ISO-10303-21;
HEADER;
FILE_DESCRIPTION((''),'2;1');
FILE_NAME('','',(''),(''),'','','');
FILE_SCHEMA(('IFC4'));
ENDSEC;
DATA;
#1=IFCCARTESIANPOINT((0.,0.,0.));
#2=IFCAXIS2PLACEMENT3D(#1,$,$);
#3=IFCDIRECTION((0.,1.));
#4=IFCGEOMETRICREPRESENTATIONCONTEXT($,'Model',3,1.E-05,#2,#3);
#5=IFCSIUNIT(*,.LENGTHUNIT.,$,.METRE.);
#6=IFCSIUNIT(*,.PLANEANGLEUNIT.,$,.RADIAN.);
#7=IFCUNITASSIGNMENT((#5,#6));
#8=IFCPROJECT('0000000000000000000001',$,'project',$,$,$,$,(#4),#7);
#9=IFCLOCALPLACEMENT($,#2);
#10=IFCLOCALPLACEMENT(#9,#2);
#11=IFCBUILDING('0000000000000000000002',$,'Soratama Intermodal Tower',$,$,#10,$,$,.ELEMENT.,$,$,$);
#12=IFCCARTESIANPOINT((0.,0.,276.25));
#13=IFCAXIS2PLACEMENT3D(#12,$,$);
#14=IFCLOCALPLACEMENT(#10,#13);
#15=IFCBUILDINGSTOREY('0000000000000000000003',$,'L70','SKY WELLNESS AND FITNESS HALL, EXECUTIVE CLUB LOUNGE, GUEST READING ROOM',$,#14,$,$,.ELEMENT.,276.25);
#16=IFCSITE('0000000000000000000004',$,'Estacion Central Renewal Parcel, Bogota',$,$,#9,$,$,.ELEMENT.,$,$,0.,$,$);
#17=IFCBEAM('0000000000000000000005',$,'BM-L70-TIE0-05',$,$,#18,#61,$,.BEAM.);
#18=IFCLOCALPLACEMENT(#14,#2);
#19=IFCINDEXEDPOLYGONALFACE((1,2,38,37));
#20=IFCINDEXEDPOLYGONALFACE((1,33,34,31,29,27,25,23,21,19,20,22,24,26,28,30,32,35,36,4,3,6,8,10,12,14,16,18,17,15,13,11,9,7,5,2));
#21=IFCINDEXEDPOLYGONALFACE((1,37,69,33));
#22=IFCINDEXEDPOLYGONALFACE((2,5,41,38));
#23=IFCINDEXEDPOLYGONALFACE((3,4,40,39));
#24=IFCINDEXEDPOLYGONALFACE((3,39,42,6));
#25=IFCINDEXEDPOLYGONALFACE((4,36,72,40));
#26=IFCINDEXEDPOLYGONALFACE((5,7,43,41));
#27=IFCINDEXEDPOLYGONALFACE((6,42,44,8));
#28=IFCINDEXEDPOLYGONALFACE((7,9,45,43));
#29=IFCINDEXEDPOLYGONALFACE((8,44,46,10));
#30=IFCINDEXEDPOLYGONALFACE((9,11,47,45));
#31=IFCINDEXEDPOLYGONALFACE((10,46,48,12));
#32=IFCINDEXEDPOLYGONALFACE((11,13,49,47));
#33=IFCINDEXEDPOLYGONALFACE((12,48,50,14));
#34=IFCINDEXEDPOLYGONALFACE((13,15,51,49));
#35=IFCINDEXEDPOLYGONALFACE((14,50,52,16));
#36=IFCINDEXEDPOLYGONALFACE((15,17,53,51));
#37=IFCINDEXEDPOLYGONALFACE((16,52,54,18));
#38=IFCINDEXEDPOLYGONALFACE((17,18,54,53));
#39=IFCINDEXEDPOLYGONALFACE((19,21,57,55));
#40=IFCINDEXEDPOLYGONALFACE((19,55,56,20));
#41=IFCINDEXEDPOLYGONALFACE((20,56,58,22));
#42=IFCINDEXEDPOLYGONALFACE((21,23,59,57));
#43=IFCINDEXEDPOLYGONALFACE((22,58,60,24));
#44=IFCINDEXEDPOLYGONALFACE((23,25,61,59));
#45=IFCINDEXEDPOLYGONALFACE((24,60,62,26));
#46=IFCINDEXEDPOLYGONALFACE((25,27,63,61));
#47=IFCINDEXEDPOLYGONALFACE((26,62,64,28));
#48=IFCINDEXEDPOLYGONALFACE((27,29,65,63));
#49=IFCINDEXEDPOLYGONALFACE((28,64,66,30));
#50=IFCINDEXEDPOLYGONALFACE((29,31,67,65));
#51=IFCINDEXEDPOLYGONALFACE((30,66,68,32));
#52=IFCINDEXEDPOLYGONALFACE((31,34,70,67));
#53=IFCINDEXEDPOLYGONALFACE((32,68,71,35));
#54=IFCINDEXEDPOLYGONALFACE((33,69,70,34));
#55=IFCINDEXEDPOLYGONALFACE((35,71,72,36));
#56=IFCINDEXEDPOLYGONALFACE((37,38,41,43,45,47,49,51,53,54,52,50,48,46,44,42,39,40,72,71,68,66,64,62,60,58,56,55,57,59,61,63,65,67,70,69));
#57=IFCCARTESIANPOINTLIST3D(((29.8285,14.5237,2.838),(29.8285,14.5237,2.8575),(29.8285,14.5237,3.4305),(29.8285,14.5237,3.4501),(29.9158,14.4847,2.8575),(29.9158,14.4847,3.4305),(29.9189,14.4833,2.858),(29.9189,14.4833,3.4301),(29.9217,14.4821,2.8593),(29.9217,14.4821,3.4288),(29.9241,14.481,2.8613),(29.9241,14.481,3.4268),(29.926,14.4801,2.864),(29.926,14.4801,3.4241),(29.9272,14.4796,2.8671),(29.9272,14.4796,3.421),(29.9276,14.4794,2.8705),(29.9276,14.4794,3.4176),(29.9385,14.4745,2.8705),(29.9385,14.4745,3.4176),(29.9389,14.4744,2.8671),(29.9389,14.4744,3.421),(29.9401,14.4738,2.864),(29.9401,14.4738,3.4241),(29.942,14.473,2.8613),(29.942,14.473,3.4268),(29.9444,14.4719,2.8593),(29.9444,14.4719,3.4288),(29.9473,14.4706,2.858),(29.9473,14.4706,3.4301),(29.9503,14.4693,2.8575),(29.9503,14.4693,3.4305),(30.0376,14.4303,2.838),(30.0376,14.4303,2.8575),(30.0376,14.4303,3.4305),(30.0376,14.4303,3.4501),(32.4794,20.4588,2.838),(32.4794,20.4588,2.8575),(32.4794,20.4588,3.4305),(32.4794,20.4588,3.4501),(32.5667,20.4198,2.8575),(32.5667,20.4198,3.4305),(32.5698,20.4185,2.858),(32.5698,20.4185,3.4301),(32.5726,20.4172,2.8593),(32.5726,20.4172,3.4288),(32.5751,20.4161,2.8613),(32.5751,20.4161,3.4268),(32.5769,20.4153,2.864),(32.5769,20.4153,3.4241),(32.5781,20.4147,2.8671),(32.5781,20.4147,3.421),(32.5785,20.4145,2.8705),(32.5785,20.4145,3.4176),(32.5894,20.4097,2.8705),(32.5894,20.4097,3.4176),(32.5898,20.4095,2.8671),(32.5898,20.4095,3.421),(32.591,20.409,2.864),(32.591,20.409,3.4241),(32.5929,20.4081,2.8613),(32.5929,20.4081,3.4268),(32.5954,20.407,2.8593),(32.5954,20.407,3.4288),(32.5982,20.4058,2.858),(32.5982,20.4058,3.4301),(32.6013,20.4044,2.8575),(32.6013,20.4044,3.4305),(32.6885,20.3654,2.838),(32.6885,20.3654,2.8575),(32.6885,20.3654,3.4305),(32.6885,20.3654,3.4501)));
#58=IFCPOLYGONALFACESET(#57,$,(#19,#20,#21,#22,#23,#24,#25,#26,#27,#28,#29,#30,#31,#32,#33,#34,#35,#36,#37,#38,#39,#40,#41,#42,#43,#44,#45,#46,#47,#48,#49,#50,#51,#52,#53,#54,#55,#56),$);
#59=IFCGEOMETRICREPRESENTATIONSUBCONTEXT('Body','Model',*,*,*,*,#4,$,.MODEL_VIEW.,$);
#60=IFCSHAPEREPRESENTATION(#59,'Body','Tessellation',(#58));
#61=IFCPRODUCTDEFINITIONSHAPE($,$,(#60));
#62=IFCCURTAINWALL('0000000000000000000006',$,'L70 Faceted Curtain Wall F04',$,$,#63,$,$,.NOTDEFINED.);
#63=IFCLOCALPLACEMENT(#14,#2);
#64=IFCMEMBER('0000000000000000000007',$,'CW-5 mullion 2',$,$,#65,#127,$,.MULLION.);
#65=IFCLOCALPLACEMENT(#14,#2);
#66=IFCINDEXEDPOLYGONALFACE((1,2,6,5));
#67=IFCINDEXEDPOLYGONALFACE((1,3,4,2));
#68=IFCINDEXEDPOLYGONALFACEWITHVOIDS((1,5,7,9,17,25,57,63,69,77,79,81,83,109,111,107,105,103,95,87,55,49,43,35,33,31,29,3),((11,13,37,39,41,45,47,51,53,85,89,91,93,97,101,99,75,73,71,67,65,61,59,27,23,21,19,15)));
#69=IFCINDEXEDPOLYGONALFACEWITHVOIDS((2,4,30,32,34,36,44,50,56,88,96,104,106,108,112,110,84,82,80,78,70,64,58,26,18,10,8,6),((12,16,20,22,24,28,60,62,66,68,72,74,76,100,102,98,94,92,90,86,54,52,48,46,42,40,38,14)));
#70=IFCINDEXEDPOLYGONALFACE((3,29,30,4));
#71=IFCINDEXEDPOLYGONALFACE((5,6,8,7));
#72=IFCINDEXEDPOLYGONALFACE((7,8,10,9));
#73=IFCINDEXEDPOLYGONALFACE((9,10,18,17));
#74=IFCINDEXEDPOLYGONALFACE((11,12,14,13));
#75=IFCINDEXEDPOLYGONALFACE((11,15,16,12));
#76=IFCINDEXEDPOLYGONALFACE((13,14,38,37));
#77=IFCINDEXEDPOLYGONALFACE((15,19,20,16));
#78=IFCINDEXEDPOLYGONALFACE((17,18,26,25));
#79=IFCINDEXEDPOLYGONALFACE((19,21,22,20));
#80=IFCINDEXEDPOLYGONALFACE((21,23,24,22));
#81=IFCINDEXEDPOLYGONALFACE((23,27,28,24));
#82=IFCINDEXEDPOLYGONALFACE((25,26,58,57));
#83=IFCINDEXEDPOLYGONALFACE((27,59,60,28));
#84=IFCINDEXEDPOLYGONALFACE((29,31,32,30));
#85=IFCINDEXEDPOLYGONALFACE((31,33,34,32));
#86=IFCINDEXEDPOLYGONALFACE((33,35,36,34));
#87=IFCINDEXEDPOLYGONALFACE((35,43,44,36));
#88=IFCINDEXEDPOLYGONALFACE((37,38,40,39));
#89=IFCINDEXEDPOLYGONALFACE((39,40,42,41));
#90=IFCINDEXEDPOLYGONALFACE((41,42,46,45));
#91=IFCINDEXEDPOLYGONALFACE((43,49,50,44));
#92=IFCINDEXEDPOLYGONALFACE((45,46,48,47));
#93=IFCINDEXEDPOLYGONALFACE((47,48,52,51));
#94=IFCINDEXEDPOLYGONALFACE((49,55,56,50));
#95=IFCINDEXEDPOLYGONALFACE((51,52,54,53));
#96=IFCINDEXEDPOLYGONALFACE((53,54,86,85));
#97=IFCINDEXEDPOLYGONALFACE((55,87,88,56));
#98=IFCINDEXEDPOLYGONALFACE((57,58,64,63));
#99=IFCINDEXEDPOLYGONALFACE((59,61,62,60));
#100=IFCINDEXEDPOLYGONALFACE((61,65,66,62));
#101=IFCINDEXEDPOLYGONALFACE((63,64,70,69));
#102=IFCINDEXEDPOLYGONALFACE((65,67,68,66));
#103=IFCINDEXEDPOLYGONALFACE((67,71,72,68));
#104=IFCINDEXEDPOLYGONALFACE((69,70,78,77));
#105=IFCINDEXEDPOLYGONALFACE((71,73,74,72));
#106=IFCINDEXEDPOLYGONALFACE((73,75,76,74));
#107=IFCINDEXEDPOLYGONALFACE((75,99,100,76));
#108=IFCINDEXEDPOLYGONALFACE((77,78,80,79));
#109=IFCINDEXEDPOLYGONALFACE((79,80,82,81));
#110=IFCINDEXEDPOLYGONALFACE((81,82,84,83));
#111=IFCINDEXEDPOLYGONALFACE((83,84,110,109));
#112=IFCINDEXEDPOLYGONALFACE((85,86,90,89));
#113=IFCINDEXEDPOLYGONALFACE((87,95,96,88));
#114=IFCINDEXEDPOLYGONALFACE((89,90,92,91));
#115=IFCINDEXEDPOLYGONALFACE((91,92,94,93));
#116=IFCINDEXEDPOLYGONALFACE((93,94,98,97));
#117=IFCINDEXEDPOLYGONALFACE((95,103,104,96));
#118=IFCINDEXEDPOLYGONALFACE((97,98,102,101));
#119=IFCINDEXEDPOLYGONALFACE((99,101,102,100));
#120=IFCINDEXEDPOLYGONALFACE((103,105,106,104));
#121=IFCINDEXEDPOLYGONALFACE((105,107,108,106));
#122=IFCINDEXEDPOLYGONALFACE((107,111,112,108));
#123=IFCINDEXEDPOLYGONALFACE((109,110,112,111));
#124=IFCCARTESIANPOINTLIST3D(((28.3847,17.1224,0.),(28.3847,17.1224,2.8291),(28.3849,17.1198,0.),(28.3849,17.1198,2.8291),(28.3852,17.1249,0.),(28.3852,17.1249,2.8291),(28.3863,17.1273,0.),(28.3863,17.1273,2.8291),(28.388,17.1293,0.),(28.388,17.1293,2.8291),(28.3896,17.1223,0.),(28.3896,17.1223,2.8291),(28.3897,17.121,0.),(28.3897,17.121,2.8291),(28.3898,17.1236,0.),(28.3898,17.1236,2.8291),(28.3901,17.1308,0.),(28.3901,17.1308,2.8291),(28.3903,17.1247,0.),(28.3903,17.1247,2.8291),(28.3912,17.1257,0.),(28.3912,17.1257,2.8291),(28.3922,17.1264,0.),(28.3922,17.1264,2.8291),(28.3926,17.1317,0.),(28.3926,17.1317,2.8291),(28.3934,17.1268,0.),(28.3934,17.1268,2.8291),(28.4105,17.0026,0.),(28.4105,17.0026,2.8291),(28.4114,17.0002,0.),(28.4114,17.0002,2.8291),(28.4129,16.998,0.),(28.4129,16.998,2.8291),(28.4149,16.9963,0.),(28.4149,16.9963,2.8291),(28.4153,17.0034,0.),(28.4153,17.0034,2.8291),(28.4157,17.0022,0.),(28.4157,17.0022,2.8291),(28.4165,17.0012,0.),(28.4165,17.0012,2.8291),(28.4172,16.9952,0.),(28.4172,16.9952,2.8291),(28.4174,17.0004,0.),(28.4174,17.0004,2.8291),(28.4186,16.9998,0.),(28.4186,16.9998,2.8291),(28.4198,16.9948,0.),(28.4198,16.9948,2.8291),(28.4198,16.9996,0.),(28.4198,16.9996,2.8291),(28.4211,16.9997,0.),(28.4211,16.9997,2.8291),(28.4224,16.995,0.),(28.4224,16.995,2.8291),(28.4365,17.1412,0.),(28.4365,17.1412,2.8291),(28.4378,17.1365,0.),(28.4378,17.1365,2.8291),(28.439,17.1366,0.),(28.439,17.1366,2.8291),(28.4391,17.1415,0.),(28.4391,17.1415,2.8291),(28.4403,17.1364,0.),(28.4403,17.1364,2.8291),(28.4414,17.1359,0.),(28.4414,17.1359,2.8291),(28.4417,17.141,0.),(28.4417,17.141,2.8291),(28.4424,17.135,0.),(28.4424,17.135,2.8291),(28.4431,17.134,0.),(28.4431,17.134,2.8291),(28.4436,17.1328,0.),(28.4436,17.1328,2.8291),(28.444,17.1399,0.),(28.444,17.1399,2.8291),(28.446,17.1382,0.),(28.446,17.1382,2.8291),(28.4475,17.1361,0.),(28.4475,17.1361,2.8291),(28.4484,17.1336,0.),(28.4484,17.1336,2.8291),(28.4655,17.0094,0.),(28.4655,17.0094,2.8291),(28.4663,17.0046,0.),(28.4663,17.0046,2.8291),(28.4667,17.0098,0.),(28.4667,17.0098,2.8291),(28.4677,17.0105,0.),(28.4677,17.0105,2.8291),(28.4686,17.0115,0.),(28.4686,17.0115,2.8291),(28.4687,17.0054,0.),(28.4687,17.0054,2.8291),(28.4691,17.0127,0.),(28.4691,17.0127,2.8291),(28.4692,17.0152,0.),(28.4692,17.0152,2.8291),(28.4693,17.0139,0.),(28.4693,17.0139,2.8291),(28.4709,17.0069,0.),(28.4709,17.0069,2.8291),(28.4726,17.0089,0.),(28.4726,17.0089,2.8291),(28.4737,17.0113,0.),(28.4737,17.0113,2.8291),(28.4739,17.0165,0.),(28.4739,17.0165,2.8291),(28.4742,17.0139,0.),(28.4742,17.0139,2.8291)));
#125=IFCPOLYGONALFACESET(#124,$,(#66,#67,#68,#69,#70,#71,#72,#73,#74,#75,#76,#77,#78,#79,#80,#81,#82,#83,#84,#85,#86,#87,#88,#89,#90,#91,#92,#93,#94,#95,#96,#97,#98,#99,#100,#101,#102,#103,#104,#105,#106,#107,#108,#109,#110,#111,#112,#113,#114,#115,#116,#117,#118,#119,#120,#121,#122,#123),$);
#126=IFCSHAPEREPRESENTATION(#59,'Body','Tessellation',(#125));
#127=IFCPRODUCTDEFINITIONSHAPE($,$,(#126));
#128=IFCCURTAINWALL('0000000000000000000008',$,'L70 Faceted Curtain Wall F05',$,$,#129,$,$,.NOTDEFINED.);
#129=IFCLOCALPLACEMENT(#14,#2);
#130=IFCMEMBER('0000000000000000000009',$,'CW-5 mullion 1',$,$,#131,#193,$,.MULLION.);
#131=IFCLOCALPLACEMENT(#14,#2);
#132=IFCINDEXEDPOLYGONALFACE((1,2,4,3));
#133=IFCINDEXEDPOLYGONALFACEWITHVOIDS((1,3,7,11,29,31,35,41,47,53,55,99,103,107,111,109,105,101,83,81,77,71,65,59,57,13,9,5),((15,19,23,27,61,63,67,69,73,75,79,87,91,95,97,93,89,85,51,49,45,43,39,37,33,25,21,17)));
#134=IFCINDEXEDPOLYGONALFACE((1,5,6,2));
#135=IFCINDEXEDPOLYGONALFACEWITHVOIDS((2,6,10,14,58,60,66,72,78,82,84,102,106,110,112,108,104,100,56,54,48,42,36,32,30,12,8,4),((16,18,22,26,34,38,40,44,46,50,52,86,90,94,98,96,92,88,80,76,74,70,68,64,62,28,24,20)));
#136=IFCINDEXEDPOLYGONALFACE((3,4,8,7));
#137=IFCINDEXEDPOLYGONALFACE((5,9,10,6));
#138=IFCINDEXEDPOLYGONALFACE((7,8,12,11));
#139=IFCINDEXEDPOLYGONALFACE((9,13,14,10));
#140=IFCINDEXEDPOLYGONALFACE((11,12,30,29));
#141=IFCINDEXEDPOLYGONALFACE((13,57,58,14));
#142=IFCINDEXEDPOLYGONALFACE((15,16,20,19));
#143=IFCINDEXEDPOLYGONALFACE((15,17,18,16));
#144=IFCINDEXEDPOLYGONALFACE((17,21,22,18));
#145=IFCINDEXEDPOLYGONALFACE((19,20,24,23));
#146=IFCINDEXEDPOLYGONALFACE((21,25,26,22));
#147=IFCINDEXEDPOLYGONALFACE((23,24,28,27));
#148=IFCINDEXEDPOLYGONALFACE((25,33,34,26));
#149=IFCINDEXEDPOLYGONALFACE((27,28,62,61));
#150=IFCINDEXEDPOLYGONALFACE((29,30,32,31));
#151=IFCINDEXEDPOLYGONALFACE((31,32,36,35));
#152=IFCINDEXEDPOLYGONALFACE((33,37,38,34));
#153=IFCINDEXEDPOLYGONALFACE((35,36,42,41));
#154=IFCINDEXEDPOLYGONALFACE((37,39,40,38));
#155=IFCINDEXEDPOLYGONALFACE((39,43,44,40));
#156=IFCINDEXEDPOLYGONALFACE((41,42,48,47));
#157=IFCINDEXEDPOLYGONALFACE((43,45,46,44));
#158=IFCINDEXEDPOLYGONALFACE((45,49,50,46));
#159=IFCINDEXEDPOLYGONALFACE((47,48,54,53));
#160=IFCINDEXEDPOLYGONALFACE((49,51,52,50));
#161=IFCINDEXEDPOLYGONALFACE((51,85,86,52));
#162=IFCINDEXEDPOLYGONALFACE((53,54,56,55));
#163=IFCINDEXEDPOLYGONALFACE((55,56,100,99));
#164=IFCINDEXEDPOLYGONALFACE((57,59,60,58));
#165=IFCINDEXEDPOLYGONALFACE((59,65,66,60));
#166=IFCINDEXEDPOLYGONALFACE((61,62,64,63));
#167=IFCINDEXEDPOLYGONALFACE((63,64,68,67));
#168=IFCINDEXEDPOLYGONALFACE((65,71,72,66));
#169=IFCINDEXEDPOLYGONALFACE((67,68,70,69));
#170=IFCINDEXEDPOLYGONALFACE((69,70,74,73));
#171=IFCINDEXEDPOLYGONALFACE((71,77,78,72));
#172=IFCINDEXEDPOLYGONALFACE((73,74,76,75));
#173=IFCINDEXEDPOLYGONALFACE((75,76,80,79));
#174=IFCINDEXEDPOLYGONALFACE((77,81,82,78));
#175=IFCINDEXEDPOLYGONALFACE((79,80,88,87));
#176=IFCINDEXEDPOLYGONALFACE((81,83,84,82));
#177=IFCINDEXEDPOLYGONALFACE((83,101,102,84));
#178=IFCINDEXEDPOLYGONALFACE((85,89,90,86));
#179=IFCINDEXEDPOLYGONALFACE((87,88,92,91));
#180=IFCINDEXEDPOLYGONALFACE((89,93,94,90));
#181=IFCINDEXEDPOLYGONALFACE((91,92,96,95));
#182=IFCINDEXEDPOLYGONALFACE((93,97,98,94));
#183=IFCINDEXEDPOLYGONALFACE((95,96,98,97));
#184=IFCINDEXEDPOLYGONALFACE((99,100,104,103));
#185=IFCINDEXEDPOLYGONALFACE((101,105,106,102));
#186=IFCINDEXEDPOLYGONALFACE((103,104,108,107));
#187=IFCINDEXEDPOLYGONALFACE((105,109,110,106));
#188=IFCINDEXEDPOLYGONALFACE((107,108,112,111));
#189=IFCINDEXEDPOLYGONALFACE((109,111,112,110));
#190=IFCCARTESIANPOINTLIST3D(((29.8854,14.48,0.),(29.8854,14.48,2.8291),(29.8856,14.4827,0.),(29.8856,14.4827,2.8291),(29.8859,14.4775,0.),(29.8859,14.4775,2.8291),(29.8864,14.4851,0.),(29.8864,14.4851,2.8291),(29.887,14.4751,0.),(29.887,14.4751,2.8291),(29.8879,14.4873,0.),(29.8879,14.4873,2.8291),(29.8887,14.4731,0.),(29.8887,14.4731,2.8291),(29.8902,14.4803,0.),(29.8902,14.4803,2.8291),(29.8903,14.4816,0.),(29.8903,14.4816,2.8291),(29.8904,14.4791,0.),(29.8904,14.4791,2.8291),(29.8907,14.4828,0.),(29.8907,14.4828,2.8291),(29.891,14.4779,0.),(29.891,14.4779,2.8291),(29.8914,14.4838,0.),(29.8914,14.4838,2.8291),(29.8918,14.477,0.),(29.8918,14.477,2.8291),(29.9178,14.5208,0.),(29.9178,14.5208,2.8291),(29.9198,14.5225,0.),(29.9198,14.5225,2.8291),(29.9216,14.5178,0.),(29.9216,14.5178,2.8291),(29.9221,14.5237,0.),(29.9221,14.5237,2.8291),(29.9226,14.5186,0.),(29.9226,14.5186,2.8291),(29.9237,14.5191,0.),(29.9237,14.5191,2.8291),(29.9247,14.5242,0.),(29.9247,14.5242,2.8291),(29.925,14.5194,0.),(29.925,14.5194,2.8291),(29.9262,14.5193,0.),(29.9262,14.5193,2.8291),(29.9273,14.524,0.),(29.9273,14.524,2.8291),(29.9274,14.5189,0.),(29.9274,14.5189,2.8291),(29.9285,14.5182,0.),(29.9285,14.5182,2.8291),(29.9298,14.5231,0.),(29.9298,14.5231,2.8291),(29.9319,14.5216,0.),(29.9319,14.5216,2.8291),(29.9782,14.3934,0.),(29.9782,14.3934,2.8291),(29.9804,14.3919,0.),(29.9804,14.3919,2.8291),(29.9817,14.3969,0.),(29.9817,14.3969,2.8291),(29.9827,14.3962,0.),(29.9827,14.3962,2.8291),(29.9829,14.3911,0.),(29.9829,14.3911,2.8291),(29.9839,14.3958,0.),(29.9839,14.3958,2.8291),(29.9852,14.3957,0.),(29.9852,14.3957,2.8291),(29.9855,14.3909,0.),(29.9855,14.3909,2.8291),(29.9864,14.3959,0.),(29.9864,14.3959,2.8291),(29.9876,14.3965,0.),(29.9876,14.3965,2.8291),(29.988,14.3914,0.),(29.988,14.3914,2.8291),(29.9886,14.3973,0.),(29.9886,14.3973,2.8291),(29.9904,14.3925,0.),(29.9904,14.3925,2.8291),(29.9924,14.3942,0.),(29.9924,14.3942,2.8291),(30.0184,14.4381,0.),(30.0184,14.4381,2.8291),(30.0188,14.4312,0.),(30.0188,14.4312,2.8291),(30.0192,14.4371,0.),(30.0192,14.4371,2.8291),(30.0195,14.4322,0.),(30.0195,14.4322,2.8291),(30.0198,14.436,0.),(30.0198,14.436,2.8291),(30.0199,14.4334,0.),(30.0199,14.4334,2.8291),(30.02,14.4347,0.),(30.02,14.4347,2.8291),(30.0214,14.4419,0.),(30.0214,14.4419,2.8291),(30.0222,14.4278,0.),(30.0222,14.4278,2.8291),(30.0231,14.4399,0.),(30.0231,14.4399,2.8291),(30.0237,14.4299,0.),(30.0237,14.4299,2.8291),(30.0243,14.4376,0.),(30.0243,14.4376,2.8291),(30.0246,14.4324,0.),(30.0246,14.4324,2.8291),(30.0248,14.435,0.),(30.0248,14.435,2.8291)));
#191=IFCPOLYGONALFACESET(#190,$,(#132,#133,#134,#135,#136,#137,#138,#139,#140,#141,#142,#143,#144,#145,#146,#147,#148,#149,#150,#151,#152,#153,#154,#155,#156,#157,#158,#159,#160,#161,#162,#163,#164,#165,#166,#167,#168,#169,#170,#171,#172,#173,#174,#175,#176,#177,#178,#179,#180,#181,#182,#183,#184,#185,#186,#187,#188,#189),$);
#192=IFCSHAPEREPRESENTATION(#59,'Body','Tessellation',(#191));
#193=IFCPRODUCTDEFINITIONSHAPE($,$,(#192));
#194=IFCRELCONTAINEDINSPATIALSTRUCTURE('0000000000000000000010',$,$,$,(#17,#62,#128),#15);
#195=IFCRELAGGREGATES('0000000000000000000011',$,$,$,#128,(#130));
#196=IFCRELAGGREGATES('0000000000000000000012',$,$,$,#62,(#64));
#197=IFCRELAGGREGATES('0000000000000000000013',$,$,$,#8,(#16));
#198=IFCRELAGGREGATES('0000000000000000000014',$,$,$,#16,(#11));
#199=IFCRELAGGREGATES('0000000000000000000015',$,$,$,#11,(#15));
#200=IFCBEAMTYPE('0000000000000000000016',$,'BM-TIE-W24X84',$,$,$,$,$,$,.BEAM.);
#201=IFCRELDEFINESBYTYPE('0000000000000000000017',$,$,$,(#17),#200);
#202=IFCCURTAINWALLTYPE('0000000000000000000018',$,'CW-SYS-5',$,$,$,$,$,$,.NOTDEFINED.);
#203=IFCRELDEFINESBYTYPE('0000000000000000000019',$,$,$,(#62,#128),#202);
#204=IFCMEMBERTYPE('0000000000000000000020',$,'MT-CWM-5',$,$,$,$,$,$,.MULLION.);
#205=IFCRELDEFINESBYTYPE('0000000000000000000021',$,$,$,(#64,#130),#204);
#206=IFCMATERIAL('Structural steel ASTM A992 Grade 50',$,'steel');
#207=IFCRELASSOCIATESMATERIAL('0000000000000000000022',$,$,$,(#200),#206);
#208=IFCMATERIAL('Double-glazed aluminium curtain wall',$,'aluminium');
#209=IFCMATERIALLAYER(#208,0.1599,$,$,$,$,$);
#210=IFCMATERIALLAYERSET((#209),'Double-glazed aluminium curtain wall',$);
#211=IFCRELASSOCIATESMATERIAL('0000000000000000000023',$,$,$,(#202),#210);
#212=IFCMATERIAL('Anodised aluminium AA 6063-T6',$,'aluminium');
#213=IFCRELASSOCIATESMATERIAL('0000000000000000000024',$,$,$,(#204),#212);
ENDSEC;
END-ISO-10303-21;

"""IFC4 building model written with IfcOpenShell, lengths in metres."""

from ifc_helpers import new_model, si_unit, direction, frame, origin, origin_2d, place, context, subcontext, project, spatial, hollow_rectangle, i_section, extrude, material, layer, layer_set, material_profile, profile_set, type_object, element, aggregate, save


model = new_model("IFC4")

# Units and contexts
model_context = context("Model", 3, precision=1e-05, world=origin(), true_north=direction((0.0, 1.0)))
body_context = subcontext(model_context, "Body", "Model", "MODEL_VIEW")
ifc_project = project(units=[si_unit("LENGTHUNIT", "METRE"), si_unit("PLANEANGLEUNIT", "RADIAN")], contexts=[model_context])

# Site, building, storey
site_placement = place(None, origin())
site = spatial("IfcSite", under=ifc_project, at=site_placement, Name="Estacion Central Renewal Parcel, Bogota", CompositionType="ELEMENT", RefElevation=0.0)
building_placement = place(site_placement, origin())
building = spatial("IfcBuilding", under=site, at=building_placement, Name="Soratama Intermodal Tower", CompositionType="ELEMENT")
storey_placement = place(building_placement, frame((0.0, 0.0, 276.25)))
storey = spatial("IfcBuildingStorey", under=building, at=storey_placement, Name="L70", Description="SKY WELLNESS AND FITNESS HALL, EXECUTIVE CLUB LOUNGE, GUEST READING ROOM", CompositionType="ELEMENT", Elevation=276.25)

# Beam
ifc_material_1 = material(Name="Structural steel ASTM A992 Grade 50", Category="steel")
ifc_material_profile_1 = material_profile(ifc_material_1, i_section(OverallWidth=0.229, OverallDepth=0.6121, WebThickness=0.012, FlangeThickness=0.0195, FilletRadius=0.0129, at=origin_2d()), Name="W24X84")
ifc_profile_set_1 = profile_set([ifc_material_profile_1], Name="Structural steel ASTM A992 Grade 50")
beam_type_1 = type_object("IfcBeamType", Name="BM-TIE-W24X84", PredefinedType="BEAM", material=ifc_profile_set_1)
beam_1_placement = place(storey_placement, frame((32.584, 20.4121, 3.144), z_axis=(-0.407817, -0.913063, 0.0), x_axis=(0.913063, -0.407817, 0.0)))
element("IfcBeam", 1, at=beam_1_placement, inside=storey, type_object=beam_type_1, Name="BM-L70-TIE0-05", PredefinedType="BEAM", context=body_context, shape_type="SweptSolid", body=[
    extrude(i_section(OverallWidth=0.229, OverallDepth=0.6121, WebThickness=0.012, FlangeThickness=0.0195, FilletRadius=0.0129, at=origin_2d()), origin(), (0.0, 0.0, 1.0), 6.5002),
])

# Curtain wall, member
ifc_material_2 = material(Name="Double-glazed aluminium curtain wall", Category="aluminium")
ifc_layer_1 = layer(ifc_material_2, 0.1599)
ifc_layer_set_1 = layer_set([ifc_layer_1], Name="Double-glazed aluminium curtain wall")
curtain_wall_type = type_object("IfcCurtainWallType", Name="CW-SYS-5", PredefinedType="NOTDEFINED", material=ifc_layer_set_1)
curtain_wall_1_placement = place(storey_placement, origin())
curtain_wall_1 = element("IfcCurtainWall", 2, at=curtain_wall_1_placement, inside=storey, type_object=curtain_wall_type, Name="L70 Faceted Curtain Wall F04", PredefinedType="NOTDEFINED")
ifc_material_3 = material(Name="Anodised aluminium AA 6063-T6", Category="aluminium")
ifc_material_profile_2 = material_profile(ifc_material_3, hollow_rectangle(XDim=0.0649, YDim=0.1399, WallThickness=0.0049, InnerFilletRadius=0.0049, OuterFilletRadius=0.01, at=origin_2d()), Name="CWM140X65X5")
ifc_profile_set_2 = profile_set([ifc_material_profile_2], Name="Anodised aluminium AA 6063-T6")
member_type_1 = type_object("IfcMemberType", Name="MT-CWM-5", PredefinedType="MULLION", material=ifc_profile_set_2)
member_1_placement = place(storey_placement, frame((28.4294, 17.0681, 0.0), z_axis=(0.0, 0.0, 1.0), x_axis=(0.977046, 0.213028, 0.0)))
member_1 = element("IfcMember", 3, at=member_1_placement, type_object=member_type_1, Name="CW-5 mullion 2", PredefinedType="MULLION", context=body_context, shape_type="SweptSolid", body=[
    extrude(hollow_rectangle(XDim=0.0649, YDim=0.1399, WallThickness=0.0049, InnerFilletRadius=0.0049, OuterFilletRadius=0.01, at=origin_2d()), origin(), (0.0, 0.0, 1.0), 2.8291),
])

# Curtain wall, member
curtain_wall_2_placement = place(storey_placement, origin())
curtain_wall_2 = element("IfcCurtainWall", 4, at=curtain_wall_2_placement, inside=storey, type_object=curtain_wall_type, Name="L70 Faceted Curtain Wall F05", PredefinedType="NOTDEFINED")
member_2_placement = place(storey_placement, frame((29.9551, 14.4575, 0.0), z_axis=(0.0, 0.0, 1.0), x_axis=(0.665234, 0.746635, 0.0)))
member_2 = element("IfcMember", 5, at=member_2_placement, type_object=member_type_1, Name="CW-5 mullion 1", PredefinedType="MULLION", context=body_context, shape_type="SweptSolid", body=[
    extrude(hollow_rectangle(XDim=0.0649, YDim=0.1399, WallThickness=0.0049, InnerFilletRadius=0.0049, OuterFilletRadius=0.01, at=origin_2d()), origin(), (0.0, 0.0, 1.0), 2.8291),
])
aggregate(curtain_wall_2, [member_2])

aggregate(curtain_wall_1, [member_1])

save(model, "model.ifc")
